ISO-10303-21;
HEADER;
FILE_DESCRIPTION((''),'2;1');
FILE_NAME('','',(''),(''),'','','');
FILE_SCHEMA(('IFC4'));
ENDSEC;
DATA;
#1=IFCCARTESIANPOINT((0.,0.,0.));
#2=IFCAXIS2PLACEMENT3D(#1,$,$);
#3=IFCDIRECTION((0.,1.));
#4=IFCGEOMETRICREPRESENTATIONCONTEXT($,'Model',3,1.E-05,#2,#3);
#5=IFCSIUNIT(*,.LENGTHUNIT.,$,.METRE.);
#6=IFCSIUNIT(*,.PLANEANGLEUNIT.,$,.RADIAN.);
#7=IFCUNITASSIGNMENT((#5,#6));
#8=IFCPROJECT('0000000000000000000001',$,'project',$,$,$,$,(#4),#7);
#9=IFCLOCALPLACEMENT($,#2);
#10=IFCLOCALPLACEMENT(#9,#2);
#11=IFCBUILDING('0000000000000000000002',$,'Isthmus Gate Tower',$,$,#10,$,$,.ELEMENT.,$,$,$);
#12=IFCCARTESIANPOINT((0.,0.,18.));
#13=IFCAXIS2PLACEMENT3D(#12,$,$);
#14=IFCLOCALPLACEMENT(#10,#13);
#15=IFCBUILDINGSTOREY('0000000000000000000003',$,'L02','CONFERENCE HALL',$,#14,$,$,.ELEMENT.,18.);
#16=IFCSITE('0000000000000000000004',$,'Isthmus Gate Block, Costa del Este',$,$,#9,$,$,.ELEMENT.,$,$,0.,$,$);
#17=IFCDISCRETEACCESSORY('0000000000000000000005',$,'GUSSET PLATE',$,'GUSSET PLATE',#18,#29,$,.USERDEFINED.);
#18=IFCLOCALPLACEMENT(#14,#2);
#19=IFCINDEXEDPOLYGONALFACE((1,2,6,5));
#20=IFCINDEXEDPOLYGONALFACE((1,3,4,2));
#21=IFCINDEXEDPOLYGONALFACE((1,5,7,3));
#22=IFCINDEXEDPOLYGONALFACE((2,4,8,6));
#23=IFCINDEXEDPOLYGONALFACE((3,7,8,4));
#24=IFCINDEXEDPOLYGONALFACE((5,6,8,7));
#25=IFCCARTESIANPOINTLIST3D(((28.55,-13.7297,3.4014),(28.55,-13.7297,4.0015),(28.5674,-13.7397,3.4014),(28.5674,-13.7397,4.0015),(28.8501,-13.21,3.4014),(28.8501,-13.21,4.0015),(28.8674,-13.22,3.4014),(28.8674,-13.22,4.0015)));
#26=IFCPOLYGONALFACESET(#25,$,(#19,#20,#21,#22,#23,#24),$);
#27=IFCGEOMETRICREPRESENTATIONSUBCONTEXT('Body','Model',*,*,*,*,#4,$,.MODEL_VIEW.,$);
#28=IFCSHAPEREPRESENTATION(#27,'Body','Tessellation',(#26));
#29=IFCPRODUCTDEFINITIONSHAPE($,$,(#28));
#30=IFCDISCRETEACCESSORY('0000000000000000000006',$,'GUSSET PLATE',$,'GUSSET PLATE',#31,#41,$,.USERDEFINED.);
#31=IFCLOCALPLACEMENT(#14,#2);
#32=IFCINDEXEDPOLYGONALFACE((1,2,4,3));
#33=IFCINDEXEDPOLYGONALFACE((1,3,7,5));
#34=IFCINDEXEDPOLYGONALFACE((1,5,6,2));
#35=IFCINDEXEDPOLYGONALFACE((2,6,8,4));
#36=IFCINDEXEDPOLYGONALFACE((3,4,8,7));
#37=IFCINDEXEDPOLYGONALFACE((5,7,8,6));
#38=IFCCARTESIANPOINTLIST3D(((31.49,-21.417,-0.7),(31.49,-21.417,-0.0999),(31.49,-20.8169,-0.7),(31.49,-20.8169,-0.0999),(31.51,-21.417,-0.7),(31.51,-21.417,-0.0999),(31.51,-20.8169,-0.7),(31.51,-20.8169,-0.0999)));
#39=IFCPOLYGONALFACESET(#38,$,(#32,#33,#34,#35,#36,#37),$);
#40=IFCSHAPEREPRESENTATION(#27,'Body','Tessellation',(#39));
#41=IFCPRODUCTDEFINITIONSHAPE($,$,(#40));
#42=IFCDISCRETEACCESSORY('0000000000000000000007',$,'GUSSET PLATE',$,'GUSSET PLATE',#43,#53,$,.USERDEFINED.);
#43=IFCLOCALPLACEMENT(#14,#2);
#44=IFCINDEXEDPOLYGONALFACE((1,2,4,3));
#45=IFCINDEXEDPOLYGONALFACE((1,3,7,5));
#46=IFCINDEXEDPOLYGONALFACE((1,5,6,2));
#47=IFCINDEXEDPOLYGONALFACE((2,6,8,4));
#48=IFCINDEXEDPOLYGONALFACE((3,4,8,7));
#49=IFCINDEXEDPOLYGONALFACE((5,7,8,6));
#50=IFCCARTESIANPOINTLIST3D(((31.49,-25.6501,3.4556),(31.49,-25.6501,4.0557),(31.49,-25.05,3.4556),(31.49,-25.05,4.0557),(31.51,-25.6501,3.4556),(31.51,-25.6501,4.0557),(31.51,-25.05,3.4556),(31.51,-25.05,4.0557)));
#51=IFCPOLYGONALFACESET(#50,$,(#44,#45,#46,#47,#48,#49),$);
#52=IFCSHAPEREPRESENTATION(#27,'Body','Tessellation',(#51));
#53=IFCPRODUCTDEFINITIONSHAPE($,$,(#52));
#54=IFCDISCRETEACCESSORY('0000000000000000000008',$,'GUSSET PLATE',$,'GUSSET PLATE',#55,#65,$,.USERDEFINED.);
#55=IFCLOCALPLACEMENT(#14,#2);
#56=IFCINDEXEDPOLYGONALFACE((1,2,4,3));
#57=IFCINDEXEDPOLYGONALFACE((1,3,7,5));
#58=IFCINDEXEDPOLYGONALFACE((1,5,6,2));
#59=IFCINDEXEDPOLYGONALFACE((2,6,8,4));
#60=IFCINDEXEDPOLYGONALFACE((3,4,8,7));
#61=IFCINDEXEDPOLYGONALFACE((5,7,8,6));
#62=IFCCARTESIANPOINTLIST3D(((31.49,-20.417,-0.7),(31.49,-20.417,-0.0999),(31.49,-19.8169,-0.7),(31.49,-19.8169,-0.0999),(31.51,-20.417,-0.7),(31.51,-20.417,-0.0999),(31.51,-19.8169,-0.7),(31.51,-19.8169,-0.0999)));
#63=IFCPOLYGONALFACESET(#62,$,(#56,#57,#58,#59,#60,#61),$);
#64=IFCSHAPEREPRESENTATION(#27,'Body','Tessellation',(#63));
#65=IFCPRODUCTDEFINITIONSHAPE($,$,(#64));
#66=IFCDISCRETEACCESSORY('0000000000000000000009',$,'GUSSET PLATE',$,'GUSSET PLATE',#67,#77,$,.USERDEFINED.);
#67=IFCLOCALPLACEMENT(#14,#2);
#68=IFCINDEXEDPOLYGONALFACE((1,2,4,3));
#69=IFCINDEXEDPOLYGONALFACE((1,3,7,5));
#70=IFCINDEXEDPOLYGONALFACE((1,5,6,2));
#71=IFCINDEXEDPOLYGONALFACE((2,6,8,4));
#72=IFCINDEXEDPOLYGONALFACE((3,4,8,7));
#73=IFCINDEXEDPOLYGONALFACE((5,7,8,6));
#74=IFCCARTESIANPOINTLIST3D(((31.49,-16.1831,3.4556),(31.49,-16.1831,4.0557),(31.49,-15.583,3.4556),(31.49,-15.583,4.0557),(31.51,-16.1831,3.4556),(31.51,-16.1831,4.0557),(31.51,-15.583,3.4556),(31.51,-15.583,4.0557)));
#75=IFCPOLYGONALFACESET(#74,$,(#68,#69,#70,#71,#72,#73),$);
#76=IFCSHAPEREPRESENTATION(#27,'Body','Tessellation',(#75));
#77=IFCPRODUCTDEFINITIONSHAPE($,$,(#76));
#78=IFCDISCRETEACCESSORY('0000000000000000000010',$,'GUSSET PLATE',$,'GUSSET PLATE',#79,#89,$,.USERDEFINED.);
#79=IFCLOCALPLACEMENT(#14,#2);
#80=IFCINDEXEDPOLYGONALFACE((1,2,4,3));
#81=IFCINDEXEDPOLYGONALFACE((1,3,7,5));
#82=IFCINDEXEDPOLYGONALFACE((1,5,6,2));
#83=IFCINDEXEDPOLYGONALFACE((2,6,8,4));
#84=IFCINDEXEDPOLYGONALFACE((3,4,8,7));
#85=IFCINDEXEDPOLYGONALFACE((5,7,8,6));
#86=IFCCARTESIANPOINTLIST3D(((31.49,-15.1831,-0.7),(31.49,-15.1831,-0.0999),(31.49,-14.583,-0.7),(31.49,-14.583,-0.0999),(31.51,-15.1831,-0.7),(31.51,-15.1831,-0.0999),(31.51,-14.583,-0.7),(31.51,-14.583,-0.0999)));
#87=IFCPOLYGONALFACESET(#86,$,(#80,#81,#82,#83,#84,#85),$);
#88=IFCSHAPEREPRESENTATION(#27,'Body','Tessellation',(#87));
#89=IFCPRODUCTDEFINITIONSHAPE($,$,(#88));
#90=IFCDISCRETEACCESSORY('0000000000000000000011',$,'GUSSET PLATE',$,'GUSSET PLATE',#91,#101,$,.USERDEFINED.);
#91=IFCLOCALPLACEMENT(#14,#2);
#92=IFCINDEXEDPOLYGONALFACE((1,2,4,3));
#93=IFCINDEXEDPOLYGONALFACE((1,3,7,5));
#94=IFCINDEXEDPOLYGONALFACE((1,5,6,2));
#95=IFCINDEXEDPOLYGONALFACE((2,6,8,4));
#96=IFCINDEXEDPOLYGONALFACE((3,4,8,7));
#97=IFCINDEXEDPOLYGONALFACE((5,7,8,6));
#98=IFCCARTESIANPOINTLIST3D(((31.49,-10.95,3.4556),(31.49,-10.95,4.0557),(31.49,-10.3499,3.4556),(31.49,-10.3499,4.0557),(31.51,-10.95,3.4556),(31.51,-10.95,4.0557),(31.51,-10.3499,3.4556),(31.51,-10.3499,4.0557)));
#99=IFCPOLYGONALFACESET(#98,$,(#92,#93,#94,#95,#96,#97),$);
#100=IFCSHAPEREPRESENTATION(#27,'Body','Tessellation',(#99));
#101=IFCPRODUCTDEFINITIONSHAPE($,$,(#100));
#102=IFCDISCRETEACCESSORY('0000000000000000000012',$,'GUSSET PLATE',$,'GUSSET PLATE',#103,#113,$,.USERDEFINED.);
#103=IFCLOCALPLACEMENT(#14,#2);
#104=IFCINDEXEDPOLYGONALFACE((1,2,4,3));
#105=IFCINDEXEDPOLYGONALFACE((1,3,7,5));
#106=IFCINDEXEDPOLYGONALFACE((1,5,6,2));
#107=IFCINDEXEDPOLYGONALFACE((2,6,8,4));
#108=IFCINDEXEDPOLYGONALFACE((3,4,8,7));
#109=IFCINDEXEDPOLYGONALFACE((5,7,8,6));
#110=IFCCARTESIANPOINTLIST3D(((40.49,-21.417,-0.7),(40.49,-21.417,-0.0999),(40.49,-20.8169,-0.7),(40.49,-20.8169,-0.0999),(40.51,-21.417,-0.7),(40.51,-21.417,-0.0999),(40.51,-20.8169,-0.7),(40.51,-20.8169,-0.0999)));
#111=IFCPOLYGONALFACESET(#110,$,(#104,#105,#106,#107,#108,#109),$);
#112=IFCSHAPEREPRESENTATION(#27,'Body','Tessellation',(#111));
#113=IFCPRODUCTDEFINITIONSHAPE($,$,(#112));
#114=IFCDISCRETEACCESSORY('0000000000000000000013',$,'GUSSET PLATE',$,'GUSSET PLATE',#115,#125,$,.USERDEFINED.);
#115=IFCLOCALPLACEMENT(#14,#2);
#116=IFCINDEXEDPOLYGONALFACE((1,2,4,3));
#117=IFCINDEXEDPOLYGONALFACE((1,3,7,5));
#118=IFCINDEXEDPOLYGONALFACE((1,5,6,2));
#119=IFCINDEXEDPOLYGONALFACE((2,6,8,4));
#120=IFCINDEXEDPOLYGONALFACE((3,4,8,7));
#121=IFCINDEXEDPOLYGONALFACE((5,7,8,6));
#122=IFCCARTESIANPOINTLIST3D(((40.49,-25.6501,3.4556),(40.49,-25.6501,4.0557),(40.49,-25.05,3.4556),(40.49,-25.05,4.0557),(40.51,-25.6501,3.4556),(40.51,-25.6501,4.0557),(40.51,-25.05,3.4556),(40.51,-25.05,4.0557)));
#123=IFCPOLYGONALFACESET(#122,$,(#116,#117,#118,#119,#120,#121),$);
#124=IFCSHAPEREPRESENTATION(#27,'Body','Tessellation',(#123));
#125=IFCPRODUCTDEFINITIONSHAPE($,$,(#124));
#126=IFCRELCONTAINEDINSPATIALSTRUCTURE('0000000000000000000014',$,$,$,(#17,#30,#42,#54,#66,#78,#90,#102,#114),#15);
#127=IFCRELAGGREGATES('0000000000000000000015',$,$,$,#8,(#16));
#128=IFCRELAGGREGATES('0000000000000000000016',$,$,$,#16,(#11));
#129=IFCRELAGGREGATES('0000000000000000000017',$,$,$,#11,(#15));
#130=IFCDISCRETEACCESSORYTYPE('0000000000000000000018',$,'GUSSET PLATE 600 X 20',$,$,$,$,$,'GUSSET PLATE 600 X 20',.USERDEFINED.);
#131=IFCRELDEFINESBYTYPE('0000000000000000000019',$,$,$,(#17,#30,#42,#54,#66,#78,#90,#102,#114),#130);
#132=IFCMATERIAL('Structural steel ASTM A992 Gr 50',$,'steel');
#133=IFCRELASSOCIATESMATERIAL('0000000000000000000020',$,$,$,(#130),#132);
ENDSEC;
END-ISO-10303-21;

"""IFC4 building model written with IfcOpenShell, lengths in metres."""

from ifc_helpers import new_model, si_unit, direction, frame, origin, origin_2d, place, context, subcontext, project, spatial, rectangle, extrude, material, type_object, element, save


model = new_model("IFC4")

# Units and contexts
model_context = context("Model", 3, precision=1e-05, world=origin(), true_north=direction((0.0, 1.0)))
body_context = subcontext(model_context, "Body", "Model", "MODEL_VIEW")
ifc_project = project(units=[si_unit("LENGTHUNIT", "METRE"), si_unit("PLANEANGLEUNIT", "RADIAN")], contexts=[model_context])

# Site, building, storey
site_placement = place(None, origin())
site = spatial("IfcSite", under=ifc_project, at=site_placement, Name="Isthmus Gate Block, Costa del Este", CompositionType="ELEMENT", RefElevation=0.0)
building_placement = place(site_placement, origin())
building = spatial("IfcBuilding", under=site, at=building_placement, Name="Isthmus Gate Tower", CompositionType="ELEMENT")
storey_placement = place(building_placement, frame((0.0, 0.0, 18.0)))
storey = spatial("IfcBuildingStorey", under=building, at=storey_placement, Name="L02", Description="CONFERENCE HALL", CompositionType="ELEMENT", Elevation=18.0)

# Discrete accessories
ifc_material_1 = material(Name="Structural steel ASTM A992 Gr 50", Category="steel")
discrete_accessory_type = type_object("IfcDiscreteAccessoryType", Name="GUSSET PLATE 600 X 20", ElementType="GUSSET PLATE 600 X 20", PredefinedType="USERDEFINED", material=ifc_material_1)
for number, where, z_axis, x_axis, name in (
    (1, (28.7087, -13.4749, 3.4014), (0.0, 0.0, 1.0), (0.5, 0.866025, 0.0), "GUSSET PLATE"),
    (2, (31.5, -21.1169, -0.7), (0.0, 0.0, 1.0), (0.0, -1.0, 0.0), "GUSSET PLATE"),
    (3, (31.5, -25.3501, 3.4556), (0.0, 0.0, 1.0), (0.0, -1.0, 0.0), "GUSSET PLATE"),
    (4, (31.5, -20.1169, -0.7), (0.0, 0.0, 1.0), (0.0, 1.0, 0.0), "GUSSET PLATE"),
    (5, (31.5, -15.8831, 3.4556), (0.0, 0.0, 1.0), (0.0, 1.0, 0.0), "GUSSET PLATE"),
    (6, (31.5, -14.8831, -0.7), (0.0, 0.0, 1.0), (0.0, 1.0, 0.0), "GUSSET PLATE"),
    (7, (31.5, -10.6499, 3.4556), (0.0, 0.0, 1.0), (0.0, 1.0, 0.0), "GUSSET PLATE"),
    (8, (40.5, -21.1169, -0.7), (0.0, 0.0, 1.0), (0.0, -1.0, 0.0), "GUSSET PLATE"),
    (9, (40.5, -25.3501, 3.4556), (0.0, 0.0, 1.0), (0.0, -1.0, 0.0), "GUSSET PLATE"),
):
    element("IfcDiscreteAccessory", number, at=place(storey_placement, frame(where, z_axis=z_axis, x_axis=x_axis)), inside=storey, type_object=discrete_accessory_type, Name=name, ObjectType="GUSSET PLATE", PredefinedType="USERDEFINED", context=body_context, shape_type="SweptSolid", body=[
        extrude(rectangle(XDim=0.6001, YDim=0.02, at=origin_2d()), origin(), (0.0, 0.0, 1.0), 0.6001),
    ])

save(model, "model.ifc")
